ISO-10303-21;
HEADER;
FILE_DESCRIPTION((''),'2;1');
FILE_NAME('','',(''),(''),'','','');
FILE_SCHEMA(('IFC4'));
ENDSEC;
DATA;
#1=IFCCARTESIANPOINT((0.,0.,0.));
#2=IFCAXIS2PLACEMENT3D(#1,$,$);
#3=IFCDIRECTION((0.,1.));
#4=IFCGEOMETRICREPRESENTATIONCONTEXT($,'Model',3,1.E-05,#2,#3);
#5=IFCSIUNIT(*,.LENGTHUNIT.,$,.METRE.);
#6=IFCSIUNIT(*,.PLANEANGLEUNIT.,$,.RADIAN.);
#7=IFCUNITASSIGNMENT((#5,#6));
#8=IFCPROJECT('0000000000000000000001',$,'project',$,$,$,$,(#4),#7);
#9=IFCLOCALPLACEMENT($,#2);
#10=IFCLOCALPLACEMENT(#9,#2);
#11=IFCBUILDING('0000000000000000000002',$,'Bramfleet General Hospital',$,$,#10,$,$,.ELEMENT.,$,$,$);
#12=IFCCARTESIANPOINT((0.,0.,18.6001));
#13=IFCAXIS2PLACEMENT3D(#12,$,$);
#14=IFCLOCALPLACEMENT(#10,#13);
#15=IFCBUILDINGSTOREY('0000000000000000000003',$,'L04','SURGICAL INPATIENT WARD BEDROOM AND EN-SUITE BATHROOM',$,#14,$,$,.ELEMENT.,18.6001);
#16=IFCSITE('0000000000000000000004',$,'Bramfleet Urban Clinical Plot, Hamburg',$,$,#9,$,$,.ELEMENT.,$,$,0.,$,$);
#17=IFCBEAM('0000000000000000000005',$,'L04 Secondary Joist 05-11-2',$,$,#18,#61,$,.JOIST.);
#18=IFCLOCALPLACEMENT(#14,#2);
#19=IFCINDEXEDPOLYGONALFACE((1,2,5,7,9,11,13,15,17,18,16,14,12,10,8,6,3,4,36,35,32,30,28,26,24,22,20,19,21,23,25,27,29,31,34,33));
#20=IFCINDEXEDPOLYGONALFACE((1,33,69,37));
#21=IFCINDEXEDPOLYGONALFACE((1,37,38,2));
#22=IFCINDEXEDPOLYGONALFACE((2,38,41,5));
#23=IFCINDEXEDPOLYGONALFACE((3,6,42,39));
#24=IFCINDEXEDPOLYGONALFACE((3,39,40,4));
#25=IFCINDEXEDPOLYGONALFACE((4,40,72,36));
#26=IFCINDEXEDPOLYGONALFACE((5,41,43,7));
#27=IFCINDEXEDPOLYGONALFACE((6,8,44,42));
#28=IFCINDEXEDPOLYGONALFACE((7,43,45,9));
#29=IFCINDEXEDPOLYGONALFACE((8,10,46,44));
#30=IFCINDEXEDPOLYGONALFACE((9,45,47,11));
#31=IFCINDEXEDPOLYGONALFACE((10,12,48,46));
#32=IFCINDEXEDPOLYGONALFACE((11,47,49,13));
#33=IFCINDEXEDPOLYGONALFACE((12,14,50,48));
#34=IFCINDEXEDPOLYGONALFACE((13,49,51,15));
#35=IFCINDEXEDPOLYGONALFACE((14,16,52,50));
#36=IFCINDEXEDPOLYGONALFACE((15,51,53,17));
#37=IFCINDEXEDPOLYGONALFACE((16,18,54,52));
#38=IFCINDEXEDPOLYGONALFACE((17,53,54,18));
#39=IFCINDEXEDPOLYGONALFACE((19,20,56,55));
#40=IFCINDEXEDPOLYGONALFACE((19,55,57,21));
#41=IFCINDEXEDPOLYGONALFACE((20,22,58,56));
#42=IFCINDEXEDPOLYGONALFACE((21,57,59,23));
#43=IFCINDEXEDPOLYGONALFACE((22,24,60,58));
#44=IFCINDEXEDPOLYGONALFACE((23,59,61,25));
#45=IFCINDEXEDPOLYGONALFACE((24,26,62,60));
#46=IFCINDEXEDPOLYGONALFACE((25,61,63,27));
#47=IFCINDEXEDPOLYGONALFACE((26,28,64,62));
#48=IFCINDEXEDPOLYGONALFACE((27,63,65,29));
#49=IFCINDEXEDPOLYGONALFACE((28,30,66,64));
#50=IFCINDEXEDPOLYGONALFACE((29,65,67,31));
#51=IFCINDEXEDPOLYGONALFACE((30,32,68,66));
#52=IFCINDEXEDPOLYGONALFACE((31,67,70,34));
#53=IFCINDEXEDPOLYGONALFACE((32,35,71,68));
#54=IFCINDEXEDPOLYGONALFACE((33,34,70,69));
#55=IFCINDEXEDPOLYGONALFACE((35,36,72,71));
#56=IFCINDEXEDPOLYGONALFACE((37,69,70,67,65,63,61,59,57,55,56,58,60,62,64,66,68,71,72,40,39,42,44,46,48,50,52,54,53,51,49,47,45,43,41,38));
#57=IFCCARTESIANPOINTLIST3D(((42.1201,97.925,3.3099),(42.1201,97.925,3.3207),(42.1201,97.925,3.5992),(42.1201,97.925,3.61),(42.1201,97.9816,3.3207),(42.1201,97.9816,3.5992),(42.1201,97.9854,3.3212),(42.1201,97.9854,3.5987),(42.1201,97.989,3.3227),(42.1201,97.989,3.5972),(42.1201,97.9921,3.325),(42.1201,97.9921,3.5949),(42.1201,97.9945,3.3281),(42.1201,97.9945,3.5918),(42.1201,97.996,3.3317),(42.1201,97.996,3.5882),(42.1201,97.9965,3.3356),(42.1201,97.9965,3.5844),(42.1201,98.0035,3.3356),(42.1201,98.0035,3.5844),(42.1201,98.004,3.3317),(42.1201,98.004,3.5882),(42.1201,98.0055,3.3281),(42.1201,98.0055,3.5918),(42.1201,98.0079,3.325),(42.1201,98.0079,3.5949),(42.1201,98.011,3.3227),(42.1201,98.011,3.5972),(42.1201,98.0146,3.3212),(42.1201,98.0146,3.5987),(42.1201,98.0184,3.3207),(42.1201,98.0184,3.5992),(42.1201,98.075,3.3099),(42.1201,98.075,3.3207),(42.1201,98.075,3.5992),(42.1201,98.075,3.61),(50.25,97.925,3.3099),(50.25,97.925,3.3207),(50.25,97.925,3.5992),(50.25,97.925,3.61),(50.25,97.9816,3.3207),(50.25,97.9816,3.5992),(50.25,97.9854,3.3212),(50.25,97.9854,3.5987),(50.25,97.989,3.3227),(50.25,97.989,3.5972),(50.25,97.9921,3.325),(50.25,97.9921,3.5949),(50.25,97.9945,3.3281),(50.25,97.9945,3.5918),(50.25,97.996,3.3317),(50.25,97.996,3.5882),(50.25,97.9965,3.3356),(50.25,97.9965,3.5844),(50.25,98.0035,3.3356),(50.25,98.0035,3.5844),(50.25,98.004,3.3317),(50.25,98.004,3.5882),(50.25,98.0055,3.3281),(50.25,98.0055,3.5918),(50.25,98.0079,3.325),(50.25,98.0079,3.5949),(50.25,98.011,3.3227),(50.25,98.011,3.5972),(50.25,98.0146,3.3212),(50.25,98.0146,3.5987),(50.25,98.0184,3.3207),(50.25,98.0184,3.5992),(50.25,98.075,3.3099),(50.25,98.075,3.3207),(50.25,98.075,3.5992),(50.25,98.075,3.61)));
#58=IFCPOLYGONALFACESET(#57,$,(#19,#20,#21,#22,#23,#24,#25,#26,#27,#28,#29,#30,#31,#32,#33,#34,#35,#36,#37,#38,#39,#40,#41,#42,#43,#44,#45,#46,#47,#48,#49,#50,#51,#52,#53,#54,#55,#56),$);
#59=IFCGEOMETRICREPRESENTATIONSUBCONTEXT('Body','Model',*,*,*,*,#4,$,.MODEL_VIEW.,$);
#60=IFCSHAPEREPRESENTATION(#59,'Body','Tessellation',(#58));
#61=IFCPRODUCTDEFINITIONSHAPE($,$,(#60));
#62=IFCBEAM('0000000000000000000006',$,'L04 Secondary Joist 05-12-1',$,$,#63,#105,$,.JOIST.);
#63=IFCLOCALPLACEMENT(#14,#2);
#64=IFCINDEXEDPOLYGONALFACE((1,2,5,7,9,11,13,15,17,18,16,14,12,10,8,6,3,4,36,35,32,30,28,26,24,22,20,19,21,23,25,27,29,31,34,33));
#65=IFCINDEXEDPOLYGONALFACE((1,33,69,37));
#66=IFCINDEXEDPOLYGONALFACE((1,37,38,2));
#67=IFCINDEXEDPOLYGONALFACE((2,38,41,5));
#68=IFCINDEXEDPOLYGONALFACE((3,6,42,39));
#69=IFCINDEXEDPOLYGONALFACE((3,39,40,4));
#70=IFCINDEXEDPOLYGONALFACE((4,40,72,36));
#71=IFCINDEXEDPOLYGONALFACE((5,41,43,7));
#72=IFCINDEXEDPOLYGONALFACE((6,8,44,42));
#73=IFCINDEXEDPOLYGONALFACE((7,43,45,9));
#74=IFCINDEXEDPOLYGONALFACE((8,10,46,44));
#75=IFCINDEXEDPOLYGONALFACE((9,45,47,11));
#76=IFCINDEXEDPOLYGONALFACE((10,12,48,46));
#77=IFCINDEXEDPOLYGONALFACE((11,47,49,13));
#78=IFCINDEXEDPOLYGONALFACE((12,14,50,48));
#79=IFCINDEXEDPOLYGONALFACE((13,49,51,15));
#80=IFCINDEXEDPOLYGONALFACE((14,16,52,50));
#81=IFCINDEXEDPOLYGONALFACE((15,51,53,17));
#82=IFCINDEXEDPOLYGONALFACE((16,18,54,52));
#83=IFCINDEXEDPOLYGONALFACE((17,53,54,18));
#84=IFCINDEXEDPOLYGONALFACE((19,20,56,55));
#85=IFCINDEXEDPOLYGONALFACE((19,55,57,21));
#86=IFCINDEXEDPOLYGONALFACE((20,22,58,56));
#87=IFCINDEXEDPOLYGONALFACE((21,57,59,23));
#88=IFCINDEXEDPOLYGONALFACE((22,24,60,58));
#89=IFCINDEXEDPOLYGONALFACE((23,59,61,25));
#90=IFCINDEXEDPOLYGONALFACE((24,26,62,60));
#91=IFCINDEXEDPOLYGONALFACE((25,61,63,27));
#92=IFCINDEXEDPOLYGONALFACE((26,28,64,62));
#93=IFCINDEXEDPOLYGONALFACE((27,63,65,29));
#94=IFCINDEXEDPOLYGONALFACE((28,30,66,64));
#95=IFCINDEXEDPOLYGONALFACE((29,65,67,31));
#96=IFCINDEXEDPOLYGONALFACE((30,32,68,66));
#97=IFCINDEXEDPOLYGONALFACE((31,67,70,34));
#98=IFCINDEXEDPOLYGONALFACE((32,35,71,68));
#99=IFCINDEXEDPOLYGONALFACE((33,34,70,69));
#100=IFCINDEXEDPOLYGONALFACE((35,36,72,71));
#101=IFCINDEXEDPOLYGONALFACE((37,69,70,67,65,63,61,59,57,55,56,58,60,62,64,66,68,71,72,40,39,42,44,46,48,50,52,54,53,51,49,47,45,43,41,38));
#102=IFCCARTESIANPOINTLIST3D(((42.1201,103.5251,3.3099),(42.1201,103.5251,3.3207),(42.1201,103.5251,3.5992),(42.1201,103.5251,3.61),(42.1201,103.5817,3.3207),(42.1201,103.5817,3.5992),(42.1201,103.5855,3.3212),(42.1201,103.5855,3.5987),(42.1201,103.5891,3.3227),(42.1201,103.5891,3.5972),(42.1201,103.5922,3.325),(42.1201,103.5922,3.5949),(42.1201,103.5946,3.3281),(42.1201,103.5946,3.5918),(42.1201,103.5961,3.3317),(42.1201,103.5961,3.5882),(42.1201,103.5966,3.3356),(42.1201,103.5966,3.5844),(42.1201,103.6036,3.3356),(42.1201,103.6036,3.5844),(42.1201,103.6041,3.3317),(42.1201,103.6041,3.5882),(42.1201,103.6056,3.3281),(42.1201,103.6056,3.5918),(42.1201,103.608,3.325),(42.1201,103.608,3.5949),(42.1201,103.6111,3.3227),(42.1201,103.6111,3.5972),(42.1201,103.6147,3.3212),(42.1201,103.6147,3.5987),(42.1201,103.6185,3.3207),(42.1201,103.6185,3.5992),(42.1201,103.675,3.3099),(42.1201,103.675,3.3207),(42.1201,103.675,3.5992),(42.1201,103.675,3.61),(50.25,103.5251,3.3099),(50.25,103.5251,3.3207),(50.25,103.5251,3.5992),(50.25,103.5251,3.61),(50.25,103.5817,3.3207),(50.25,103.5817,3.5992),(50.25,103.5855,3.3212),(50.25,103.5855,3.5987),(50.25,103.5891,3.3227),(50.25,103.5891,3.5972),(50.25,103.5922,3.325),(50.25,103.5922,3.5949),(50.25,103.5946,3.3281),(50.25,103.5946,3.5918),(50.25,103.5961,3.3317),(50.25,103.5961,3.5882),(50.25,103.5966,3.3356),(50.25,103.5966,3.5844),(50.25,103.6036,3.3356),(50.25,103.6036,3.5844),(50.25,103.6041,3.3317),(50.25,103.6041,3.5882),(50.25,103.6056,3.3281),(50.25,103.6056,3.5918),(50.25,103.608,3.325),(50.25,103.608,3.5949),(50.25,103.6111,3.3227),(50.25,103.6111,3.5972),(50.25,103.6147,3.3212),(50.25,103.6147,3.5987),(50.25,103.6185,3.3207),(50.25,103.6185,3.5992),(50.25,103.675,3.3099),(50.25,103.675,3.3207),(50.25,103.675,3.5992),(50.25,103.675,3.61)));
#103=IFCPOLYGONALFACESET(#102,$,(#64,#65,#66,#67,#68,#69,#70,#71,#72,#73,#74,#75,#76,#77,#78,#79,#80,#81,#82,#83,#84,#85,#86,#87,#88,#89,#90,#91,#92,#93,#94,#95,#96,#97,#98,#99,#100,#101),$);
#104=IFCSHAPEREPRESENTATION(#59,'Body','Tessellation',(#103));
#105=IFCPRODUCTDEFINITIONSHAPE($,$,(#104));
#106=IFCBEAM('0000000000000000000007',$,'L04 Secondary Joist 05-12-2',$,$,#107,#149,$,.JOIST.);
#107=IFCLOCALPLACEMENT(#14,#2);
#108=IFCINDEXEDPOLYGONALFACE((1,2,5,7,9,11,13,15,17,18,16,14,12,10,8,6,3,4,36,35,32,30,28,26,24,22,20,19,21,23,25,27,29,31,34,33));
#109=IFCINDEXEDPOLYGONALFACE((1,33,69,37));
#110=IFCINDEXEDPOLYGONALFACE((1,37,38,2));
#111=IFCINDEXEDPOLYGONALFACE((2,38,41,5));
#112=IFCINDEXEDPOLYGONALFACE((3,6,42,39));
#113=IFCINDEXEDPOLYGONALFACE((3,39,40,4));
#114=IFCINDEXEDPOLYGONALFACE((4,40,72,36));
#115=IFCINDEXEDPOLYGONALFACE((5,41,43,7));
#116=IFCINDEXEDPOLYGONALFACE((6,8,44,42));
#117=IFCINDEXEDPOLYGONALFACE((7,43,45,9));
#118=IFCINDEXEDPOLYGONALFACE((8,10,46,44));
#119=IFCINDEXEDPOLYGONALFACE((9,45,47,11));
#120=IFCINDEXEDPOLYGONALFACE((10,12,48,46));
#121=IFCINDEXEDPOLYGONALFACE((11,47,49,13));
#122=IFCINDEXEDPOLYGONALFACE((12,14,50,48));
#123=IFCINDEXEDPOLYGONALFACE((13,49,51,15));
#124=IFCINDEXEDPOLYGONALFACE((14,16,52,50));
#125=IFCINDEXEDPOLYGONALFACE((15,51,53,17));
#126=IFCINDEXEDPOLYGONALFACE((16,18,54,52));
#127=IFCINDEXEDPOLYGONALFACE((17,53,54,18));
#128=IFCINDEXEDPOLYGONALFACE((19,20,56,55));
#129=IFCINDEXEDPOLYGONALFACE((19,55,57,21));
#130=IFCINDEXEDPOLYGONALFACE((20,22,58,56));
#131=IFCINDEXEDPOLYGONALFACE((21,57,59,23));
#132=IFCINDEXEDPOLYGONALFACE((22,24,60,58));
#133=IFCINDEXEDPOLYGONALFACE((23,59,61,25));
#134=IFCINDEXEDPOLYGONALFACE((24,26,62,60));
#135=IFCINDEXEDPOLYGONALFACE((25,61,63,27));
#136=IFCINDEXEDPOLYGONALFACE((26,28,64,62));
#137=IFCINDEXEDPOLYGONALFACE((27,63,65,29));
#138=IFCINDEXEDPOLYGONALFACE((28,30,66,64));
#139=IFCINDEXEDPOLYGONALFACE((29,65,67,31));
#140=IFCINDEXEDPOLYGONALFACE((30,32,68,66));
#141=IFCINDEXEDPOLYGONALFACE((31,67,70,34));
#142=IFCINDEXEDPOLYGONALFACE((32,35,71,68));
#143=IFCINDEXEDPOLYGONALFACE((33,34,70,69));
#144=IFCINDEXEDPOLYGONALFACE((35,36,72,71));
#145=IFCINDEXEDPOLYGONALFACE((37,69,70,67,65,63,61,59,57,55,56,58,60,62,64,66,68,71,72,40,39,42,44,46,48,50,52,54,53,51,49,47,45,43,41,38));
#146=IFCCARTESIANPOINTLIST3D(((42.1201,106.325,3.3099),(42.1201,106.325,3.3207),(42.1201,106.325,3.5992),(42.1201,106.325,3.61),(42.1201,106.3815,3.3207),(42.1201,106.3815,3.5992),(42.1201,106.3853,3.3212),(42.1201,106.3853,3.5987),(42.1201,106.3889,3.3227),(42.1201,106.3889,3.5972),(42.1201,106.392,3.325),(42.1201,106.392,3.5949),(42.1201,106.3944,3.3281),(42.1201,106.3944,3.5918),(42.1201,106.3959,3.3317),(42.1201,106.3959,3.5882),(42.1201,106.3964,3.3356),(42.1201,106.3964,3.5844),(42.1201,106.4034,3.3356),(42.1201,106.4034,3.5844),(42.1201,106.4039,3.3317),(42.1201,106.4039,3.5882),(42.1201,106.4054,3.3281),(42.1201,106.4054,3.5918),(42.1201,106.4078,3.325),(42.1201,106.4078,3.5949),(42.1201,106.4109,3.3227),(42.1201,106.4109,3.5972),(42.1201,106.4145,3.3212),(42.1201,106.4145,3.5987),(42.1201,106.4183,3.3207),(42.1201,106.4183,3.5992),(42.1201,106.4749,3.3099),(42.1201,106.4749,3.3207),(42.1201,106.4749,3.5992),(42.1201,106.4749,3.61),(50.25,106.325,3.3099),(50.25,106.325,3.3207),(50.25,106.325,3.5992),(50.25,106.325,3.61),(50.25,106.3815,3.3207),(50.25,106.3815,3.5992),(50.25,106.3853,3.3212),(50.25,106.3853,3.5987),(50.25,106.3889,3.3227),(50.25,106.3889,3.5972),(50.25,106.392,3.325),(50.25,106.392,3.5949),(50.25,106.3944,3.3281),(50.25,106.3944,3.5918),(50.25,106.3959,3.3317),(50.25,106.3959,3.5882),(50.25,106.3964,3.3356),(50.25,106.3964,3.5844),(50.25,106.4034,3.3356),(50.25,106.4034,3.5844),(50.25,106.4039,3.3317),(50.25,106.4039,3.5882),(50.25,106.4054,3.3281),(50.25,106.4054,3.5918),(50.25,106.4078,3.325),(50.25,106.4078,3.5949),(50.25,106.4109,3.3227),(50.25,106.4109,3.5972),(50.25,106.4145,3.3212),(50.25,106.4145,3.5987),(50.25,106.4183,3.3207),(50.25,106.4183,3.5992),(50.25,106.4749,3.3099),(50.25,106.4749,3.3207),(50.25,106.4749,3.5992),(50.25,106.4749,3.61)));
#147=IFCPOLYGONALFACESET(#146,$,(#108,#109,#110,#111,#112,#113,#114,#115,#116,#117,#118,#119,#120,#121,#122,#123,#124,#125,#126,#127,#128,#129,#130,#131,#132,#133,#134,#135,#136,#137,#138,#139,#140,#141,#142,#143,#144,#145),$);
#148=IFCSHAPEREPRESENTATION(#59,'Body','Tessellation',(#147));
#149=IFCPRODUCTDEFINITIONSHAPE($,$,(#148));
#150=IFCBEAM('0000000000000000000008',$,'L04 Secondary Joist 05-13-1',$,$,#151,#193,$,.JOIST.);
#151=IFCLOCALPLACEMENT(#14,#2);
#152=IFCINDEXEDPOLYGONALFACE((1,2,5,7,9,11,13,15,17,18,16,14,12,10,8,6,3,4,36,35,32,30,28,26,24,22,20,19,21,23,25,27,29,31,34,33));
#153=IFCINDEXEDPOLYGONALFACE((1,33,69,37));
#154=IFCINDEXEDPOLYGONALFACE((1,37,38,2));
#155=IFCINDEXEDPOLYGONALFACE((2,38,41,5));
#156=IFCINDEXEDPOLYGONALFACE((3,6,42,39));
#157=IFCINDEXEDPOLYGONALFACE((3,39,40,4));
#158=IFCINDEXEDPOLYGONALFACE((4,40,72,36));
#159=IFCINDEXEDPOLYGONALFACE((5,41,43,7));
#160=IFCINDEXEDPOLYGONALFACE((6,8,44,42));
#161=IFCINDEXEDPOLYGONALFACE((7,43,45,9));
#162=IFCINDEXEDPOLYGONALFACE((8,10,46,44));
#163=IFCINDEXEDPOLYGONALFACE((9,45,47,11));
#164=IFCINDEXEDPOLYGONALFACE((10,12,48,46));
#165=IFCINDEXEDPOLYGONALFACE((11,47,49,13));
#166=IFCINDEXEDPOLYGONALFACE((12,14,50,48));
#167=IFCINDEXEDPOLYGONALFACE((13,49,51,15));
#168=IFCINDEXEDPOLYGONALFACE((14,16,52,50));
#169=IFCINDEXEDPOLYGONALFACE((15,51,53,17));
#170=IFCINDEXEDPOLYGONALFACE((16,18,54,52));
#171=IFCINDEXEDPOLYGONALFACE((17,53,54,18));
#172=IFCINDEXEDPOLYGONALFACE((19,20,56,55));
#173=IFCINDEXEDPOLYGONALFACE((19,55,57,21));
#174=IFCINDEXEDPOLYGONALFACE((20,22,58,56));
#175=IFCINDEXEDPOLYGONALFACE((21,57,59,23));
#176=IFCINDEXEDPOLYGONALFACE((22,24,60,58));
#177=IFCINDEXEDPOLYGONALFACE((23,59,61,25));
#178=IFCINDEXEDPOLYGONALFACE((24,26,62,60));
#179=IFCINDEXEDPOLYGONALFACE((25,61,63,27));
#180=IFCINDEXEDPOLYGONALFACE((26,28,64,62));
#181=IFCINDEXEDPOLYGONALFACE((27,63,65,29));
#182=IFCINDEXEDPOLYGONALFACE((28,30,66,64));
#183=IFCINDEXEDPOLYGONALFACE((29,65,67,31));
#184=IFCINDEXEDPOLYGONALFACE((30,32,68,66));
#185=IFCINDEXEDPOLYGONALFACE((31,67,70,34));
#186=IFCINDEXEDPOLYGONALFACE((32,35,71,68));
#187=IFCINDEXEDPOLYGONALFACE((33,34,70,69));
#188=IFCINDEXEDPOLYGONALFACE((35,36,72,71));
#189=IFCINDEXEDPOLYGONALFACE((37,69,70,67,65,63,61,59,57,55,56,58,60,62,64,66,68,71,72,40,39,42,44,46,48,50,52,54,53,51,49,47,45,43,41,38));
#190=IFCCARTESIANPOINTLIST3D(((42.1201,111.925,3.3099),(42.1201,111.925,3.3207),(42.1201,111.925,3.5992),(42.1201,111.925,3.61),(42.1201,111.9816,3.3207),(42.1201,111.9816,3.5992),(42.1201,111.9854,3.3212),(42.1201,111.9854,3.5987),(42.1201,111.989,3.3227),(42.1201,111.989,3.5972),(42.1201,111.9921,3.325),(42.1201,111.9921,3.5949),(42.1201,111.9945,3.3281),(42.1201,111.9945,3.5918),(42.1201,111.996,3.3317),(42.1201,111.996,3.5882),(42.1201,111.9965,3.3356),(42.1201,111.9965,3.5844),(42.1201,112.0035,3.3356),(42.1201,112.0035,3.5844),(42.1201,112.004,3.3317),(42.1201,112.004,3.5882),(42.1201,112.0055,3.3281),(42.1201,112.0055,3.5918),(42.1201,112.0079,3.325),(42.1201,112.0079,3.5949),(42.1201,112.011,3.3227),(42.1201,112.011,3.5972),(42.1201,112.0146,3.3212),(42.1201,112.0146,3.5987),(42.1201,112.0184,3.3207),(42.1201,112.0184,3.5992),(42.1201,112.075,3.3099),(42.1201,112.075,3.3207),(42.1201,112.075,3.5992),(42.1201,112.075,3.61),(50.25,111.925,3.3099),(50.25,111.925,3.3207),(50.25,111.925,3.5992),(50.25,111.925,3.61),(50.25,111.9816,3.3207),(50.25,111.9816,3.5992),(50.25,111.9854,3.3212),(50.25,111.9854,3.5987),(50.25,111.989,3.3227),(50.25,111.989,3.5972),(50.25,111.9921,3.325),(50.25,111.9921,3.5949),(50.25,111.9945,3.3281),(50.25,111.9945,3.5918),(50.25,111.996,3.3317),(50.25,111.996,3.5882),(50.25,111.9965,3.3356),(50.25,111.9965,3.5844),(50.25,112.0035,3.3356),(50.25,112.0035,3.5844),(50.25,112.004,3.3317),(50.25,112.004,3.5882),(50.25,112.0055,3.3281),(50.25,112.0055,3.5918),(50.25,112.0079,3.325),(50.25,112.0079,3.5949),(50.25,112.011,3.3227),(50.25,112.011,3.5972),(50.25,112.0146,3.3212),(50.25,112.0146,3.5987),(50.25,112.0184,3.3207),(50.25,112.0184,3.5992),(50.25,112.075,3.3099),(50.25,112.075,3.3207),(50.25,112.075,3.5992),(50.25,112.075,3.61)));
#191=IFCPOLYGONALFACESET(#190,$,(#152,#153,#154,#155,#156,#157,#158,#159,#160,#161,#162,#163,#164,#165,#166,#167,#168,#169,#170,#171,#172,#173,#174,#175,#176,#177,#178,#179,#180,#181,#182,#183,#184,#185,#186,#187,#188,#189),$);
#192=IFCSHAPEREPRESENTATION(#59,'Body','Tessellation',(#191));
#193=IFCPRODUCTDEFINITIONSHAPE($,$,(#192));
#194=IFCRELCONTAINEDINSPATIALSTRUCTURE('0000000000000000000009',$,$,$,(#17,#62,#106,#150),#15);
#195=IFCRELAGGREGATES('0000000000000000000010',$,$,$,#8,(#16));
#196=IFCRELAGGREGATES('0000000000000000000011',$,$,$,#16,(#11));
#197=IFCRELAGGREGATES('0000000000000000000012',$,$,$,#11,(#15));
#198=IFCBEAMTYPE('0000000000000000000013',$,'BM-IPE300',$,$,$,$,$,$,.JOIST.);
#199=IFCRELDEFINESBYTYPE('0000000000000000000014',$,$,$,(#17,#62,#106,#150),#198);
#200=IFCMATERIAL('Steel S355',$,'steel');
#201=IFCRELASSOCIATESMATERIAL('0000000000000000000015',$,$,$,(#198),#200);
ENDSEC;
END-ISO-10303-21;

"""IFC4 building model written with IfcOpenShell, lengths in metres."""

from ifc_helpers import new_model, si_unit, direction, frame, origin, origin_2d, place, context, subcontext, project, spatial, i_section, extrude, material, material_profile, profile_set, type_object, element, save


model = new_model("IFC4")

# Units and contexts
model_context = context("Model", 3, precision=1e-05, world=origin(), true_north=direction((0.0, 1.0)))
body_context = subcontext(model_context, "Body", "Model", "MODEL_VIEW")
ifc_project = project(units=[si_unit("LENGTHUNIT", "METRE"), si_unit("PLANEANGLEUNIT", "RADIAN")], contexts=[model_context])

# Site, building, storey
site_placement = place(None, origin())
site = spatial("IfcSite", under=ifc_project, at=site_placement, Name="Bramfleet Urban Clinical Plot, Hamburg", CompositionType="ELEMENT", RefElevation=0.0)
building_placement = place(site_placement, origin())
building = spatial("IfcBuilding", under=site, at=building_placement, Name="Bramfleet General Hospital", CompositionType="ELEMENT")
storey_placement = place(building_placement, frame((0.0, 0.0, 18.6001)))
storey = spatial("IfcBuildingStorey", under=building, at=storey_placement, Name="L04", Description="SURGICAL INPATIENT WARD BEDROOM AND EN-SUITE BATHROOM", CompositionType="ELEMENT", Elevation=18.6001)

# Beams
ifc_material_1 = material(Name="Steel S355", Category="steel")
ifc_material_profile_1 = material_profile(ifc_material_1, i_section(OverallWidth=0.1499, OverallDepth=0.3, WebThickness=0.0071, FlangeThickness=0.0107, FilletRadius=0.0149, at=origin_2d()), Name="IPE 300")
ifc_profile_set_1 = profile_set([ifc_material_profile_1], Name="Steel S355")
beam_type_1 = type_object("IfcBeamType", Name="BM-IPE300", PredefinedType="JOIST", material=ifc_profile_set_1)
for number, where, z_axis, x_axis, name in (
    (1, (42.1201, 98.0, 3.46), (1.0, 0.0, 0.0), (0.0, 1.0, 0.0), "L04 Secondary Joist 05-11-2"),
    (2, (42.1201, 103.6001, 3.46), (1.0, 0.0, 0.0), (0.0, 1.0, 0.0), "L04 Secondary Joist 05-12-1"),
    (3, (42.1201, 106.3999, 3.46), (1.0, 0.0, 0.0), (0.0, 1.0, 0.0), "L04 Secondary Joist 05-12-2"),
    (4, (42.1201, 112.0, 3.46), (1.0, 0.0, 0.0), (0.0, 1.0, 0.0), "L04 Secondary Joist 05-13-1"),
):
    element("IfcBeam", number, at=place(storey_placement, frame(where, z_axis=z_axis, x_axis=x_axis)), inside=storey, type_object=beam_type_1, Name=name, PredefinedType="JOIST", context=body_context, shape_type="SweptSolid", body=[
        extrude(i_section(OverallWidth=0.1499, OverallDepth=0.3, WebThickness=0.0071, FlangeThickness=0.0107, FilletRadius=0.0149, at=origin_2d()), origin(), (0.0, 0.0, 1.0), 8.1299),
    ])

save(model, "model.ifc")
